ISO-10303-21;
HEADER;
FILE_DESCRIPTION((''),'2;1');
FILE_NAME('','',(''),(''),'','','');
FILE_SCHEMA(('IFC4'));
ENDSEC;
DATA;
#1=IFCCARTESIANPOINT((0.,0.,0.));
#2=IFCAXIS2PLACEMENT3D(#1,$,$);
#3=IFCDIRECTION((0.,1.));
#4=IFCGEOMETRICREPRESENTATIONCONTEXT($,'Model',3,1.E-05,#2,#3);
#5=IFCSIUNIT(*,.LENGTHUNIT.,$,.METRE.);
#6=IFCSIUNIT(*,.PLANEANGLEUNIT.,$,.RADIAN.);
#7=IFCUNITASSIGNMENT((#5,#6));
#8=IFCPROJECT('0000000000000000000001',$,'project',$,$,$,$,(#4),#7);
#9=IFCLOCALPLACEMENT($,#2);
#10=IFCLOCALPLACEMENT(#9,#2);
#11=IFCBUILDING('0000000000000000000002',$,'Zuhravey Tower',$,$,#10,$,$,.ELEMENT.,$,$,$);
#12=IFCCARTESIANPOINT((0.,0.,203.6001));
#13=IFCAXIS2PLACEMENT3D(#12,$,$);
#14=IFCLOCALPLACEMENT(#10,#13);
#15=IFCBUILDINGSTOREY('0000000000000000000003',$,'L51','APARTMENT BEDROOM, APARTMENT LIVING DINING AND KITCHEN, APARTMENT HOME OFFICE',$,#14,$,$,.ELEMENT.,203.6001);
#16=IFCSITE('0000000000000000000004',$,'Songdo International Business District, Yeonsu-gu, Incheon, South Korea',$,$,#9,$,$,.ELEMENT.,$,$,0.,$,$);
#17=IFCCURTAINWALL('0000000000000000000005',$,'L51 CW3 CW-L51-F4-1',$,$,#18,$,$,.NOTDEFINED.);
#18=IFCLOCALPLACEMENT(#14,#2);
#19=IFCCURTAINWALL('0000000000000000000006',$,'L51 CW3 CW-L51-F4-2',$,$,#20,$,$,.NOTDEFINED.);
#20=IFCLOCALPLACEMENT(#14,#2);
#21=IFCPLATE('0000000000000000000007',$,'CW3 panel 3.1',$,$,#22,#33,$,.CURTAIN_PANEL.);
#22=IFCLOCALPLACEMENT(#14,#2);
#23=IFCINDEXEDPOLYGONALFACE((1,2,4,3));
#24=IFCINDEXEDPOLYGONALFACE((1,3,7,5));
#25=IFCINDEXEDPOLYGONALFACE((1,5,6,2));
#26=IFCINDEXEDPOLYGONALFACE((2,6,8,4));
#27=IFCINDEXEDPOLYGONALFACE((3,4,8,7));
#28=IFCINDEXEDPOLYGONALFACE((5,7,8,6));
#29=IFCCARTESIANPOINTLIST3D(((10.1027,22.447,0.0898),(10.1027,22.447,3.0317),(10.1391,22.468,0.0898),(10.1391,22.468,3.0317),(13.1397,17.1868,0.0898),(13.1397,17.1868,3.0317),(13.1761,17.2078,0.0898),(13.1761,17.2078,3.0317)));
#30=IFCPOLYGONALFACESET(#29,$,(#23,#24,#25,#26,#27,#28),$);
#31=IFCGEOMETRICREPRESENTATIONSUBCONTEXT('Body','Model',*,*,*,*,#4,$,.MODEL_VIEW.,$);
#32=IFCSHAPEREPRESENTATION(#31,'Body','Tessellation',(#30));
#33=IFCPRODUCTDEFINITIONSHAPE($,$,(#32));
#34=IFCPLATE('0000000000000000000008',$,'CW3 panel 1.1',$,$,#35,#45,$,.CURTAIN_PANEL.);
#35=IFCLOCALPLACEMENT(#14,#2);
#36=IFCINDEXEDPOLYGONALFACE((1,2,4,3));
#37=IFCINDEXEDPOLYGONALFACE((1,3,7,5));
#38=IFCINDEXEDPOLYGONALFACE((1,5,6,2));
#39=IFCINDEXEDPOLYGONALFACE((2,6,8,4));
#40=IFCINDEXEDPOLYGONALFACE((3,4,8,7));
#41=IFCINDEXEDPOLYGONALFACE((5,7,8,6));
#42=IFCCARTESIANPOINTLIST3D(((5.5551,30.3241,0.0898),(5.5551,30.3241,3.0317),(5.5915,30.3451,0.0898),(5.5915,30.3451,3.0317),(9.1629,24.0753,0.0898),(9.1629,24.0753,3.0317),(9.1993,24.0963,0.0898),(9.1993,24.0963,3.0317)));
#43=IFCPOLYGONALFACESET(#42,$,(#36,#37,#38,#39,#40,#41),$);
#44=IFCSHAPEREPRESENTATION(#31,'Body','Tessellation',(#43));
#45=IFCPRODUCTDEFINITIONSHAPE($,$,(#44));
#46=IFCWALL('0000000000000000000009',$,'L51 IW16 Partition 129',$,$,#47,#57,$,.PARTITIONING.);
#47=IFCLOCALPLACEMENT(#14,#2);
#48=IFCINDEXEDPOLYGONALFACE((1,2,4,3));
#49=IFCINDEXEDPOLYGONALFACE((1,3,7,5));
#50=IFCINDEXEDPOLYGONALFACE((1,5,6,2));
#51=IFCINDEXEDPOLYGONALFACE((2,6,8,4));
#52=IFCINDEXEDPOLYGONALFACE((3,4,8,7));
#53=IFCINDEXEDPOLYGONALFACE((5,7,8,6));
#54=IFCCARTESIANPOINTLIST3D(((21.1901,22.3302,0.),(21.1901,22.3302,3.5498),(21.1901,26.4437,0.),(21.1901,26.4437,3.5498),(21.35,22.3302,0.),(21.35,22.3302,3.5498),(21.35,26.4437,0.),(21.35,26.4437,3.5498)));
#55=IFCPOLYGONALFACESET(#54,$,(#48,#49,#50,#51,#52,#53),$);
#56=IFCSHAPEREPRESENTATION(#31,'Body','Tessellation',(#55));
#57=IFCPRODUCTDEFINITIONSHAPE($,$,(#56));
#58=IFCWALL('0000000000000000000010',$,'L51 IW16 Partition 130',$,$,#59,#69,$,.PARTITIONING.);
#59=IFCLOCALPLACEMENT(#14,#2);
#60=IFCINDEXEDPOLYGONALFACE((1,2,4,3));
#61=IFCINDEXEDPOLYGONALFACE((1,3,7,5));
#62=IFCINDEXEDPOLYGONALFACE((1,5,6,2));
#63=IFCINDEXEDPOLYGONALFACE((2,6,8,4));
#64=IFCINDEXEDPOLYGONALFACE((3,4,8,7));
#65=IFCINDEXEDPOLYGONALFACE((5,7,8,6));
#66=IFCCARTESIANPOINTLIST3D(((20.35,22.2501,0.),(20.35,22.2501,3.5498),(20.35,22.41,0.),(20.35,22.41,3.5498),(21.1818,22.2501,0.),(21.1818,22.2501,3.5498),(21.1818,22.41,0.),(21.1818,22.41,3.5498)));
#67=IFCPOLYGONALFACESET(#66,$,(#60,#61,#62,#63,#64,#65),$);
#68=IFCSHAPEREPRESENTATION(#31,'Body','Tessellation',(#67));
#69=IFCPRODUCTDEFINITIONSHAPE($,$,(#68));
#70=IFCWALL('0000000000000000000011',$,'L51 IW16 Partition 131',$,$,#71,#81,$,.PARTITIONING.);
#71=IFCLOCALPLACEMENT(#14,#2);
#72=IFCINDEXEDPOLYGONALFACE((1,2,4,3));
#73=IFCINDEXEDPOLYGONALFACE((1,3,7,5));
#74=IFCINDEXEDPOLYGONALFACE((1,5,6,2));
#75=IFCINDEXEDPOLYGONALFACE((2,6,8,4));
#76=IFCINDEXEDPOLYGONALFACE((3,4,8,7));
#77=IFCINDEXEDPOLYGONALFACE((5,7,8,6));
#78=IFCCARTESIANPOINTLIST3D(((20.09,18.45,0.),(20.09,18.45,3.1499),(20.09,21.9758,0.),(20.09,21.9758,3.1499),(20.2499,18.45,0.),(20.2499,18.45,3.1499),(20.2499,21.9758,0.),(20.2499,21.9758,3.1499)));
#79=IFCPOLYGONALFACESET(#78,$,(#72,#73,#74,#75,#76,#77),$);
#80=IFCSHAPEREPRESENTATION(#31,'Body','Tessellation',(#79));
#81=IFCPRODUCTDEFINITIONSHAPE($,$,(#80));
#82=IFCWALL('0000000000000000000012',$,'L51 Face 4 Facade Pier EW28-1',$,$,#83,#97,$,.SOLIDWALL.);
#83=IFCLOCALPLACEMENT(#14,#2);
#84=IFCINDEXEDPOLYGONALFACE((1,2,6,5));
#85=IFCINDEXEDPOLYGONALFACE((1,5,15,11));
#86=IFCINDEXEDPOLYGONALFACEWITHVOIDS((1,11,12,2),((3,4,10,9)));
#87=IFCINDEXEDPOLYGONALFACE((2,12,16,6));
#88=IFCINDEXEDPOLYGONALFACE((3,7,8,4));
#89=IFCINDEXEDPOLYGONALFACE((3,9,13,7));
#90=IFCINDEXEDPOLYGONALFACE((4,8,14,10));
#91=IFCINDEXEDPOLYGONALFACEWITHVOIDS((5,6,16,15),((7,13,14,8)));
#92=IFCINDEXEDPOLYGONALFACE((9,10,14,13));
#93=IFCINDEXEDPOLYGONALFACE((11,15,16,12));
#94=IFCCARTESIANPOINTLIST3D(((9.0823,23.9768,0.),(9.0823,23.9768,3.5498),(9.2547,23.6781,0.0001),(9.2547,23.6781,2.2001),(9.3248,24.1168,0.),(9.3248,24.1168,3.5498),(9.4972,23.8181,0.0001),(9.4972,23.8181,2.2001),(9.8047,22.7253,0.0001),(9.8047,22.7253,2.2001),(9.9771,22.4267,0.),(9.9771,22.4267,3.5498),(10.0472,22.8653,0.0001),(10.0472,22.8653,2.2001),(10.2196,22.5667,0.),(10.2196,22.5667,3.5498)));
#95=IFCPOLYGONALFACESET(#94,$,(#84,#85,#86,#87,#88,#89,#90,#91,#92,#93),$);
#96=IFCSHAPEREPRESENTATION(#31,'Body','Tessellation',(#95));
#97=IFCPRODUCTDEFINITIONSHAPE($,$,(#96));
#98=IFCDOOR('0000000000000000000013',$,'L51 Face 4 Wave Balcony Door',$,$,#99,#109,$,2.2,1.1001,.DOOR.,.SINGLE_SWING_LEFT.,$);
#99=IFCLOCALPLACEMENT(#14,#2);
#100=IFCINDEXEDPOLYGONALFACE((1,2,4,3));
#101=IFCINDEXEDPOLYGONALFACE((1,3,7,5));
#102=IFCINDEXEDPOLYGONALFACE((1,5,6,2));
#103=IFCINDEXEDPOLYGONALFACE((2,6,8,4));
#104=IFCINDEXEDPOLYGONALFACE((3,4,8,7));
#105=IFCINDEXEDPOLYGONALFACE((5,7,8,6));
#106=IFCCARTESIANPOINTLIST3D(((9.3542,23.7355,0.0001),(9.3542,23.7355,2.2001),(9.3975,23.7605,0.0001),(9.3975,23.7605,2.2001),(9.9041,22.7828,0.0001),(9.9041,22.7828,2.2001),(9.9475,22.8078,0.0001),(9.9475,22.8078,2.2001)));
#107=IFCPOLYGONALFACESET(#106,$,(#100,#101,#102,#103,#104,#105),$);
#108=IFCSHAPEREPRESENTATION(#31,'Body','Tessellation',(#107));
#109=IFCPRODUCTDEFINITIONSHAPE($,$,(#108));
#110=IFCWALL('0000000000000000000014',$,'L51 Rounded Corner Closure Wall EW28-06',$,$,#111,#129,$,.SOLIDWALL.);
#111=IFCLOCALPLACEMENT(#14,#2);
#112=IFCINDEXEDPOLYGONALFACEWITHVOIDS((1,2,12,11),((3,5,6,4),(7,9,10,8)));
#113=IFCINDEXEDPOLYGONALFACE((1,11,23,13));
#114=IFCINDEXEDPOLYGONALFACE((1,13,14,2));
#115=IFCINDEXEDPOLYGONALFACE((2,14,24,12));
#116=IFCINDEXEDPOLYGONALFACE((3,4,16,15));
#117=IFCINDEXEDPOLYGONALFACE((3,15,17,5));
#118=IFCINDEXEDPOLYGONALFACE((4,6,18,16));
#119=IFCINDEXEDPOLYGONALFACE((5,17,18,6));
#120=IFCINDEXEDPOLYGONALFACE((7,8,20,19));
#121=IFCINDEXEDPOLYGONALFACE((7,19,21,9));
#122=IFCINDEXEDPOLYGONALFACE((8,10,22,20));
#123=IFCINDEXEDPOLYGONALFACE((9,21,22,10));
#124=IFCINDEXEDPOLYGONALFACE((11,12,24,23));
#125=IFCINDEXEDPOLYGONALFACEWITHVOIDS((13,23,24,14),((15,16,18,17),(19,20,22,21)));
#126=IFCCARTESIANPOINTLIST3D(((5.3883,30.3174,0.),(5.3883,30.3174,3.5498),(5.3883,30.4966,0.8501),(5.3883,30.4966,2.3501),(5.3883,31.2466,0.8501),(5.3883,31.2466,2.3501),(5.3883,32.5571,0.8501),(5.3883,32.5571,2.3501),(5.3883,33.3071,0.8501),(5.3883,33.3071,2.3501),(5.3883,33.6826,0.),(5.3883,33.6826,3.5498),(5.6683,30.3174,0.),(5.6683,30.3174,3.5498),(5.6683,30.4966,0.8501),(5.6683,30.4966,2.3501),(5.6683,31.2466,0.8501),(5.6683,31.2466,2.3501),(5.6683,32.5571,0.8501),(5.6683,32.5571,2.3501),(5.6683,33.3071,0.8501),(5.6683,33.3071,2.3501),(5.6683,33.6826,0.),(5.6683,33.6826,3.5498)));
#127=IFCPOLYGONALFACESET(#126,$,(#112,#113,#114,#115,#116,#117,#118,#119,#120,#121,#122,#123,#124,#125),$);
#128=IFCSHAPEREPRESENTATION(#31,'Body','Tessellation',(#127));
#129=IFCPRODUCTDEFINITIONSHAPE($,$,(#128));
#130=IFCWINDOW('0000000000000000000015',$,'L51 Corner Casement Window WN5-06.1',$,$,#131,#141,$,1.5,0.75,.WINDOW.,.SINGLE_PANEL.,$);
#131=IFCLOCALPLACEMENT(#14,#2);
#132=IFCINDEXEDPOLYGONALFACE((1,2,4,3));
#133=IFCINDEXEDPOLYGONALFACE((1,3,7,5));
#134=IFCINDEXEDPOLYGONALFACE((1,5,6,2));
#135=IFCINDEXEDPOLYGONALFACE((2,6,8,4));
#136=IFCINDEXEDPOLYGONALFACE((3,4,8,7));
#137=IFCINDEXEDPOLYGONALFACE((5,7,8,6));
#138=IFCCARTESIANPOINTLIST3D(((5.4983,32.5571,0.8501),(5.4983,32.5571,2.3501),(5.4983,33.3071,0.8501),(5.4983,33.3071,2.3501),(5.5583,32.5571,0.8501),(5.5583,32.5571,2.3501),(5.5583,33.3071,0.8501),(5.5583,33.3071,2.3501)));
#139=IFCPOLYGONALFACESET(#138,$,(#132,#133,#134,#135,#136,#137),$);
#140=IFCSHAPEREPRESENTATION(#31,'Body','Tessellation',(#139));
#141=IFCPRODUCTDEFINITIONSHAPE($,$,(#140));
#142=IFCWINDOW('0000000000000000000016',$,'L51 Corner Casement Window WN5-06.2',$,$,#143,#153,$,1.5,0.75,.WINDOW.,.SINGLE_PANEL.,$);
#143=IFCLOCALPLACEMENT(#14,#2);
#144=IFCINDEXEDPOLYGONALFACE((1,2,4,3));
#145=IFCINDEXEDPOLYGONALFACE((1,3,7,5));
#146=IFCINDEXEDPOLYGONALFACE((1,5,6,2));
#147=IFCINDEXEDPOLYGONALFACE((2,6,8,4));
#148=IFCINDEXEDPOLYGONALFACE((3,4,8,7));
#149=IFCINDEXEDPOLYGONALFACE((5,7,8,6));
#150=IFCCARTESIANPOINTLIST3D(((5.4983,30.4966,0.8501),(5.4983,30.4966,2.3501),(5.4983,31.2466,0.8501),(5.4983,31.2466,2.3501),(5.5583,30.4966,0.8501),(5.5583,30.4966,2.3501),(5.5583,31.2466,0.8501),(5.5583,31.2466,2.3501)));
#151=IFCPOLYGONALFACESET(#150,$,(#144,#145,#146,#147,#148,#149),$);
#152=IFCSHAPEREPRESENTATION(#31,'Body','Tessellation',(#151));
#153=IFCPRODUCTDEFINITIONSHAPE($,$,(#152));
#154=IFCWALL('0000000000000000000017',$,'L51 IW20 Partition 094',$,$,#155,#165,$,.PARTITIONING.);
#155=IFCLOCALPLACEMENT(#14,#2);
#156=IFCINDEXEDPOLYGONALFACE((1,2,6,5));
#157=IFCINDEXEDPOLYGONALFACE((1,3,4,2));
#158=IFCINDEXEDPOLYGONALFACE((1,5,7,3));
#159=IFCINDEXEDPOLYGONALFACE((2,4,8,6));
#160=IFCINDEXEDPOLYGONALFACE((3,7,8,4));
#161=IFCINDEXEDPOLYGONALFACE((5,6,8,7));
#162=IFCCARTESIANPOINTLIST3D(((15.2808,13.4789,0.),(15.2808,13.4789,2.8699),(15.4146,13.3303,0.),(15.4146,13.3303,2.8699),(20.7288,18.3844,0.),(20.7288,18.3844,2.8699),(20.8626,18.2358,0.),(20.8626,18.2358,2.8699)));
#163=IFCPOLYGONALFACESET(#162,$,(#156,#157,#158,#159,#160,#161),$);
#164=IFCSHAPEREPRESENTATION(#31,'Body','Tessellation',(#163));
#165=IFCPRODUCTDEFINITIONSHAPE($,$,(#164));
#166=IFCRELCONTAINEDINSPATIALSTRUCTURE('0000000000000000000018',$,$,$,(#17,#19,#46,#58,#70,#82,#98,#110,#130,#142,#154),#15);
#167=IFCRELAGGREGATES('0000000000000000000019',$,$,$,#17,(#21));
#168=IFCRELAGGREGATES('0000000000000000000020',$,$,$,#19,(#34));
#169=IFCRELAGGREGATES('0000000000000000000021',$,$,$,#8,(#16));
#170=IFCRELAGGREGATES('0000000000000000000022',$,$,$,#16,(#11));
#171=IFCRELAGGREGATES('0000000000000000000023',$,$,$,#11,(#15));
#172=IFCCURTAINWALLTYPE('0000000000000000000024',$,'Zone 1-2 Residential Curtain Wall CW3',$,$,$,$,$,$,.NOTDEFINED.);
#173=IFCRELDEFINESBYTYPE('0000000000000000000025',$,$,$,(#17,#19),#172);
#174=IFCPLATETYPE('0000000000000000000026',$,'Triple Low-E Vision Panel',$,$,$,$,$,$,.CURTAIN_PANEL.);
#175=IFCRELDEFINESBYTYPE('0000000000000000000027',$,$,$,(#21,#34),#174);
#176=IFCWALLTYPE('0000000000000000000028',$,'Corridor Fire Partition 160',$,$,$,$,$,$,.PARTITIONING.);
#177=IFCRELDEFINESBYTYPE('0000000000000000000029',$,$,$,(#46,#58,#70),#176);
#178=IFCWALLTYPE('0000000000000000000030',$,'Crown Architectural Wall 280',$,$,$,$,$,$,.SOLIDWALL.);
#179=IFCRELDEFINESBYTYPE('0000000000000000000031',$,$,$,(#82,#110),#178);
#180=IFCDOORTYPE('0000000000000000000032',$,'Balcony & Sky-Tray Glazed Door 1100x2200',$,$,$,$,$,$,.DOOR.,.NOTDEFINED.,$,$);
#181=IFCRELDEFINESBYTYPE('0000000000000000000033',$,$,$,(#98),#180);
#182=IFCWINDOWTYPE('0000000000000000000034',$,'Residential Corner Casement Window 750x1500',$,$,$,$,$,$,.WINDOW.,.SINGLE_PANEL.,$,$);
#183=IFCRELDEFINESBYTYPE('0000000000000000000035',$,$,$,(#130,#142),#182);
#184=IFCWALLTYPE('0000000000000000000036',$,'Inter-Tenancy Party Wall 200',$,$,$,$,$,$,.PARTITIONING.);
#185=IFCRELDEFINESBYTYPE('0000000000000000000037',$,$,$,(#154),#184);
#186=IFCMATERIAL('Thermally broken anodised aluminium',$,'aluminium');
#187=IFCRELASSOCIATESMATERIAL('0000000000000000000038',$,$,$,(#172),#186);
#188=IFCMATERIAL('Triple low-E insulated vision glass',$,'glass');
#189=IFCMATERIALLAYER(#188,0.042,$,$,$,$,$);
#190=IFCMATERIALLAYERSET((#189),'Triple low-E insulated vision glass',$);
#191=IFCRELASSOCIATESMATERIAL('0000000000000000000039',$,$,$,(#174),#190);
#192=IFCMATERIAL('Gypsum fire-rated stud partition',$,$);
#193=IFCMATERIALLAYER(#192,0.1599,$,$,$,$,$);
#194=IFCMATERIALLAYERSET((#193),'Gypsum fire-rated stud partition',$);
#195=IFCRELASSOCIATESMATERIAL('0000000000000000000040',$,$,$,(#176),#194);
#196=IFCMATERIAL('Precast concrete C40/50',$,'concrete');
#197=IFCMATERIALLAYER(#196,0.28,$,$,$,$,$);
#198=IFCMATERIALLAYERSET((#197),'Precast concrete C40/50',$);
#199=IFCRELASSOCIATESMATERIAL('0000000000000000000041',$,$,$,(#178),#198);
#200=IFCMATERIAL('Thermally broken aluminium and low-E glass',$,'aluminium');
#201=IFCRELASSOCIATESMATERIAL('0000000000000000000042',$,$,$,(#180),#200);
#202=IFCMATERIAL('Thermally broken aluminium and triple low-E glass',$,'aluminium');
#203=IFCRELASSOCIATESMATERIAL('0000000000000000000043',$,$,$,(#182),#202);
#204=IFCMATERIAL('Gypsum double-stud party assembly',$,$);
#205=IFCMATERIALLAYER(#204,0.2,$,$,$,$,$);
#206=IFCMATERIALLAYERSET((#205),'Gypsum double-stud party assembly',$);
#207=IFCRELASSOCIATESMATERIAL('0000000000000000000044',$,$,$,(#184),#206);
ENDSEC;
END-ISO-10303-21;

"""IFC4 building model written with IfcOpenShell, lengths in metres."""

from ifc_helpers import new_model, si_unit, direction, frame, frame_2d, origin, origin_2d, place, context, subcontext, project, spatial, rectangle, extrude, material, layer, layer_set, type_object, element, fill, aggregate, save


model = new_model("IFC4")

# Units and contexts
model_context = context("Model", 3, precision=1e-05, world=origin(), true_north=direction((0.0, 1.0)))
body_context = subcontext(model_context, "Body", "Model", "MODEL_VIEW")
ifc_project = project(units=[si_unit("LENGTHUNIT", "METRE"), si_unit("PLANEANGLEUNIT", "RADIAN")], contexts=[model_context])

# Site, building, storey
site_placement = place(None, origin())
site = spatial("IfcSite", under=ifc_project, at=site_placement, Name="Songdo International Business District, Yeonsu-gu, Incheon, South Korea", CompositionType="ELEMENT", RefElevation=0.0)
building_placement = place(site_placement, origin())
building = spatial("IfcBuilding", under=site, at=building_placement, Name="Zuhravey Tower", CompositionType="ELEMENT")
storey_placement = place(building_placement, frame((0.0, 0.0, 203.6001)))
storey = spatial("IfcBuildingStorey", under=building, at=storey_placement, Name="L51", Description="APARTMENT BEDROOM, APARTMENT LIVING DINING AND KITCHEN, APARTMENT HOME OFFICE", CompositionType="ELEMENT", Elevation=203.6001)

# Curtain wall
ifc_material_1 = material(Name="Thermally broken anodised aluminium", Category="aluminium")
curtain_wall_type = type_object("IfcCurtainWallType", Name="Zone 1-2 Residential Curtain Wall CW3", PredefinedType="NOTDEFINED", material=ifc_material_1)
curtain_wall_1_placement = place(storey_placement, origin())
curtain_wall_1 = element("IfcCurtainWall", 1, at=curtain_wall_1_placement, inside=storey, type_object=curtain_wall_type, Name="L51 CW3 CW-L51-F4-1", PredefinedType="NOTDEFINED")

# Curtain wall
curtain_wall_2_placement = place(storey_placement, origin())
curtain_wall_2 = element("IfcCurtainWall", 2, at=curtain_wall_2_placement, inside=storey, type_object=curtain_wall_type, Name="L51 CW3 CW-L51-F4-2", PredefinedType="NOTDEFINED")

# Plates
ifc_material_2 = material(Name="Triple low-E insulated vision glass", Category="glass")
ifc_layer_1 = layer(ifc_material_2, 0.042)
ifc_layer_set_1 = layer_set([ifc_layer_1], Name="Triple low-E insulated vision glass")
plate_type = type_object("IfcPlateType", Name="Triple Low-E Vision Panel", PredefinedType="CURTAIN_PANEL", material=ifc_layer_set_1)
plate_1_placement = place(storey_placement, frame((11.6394, 19.8274, 0.0898), z_axis=(0.0, 0.0, 1.0), x_axis=(-0.5, 0.866025, 0.0)))
plate_1 = element("IfcPlate", 3, at=plate_1_placement, type_object=plate_type, Name="CW3 panel 3.1", PredefinedType="CURTAIN_PANEL", context=body_context, shape_type="SweptSolid", body=[
    extrude(rectangle(XDim=6.074, YDim=0.042, at=origin_2d()), origin(), (0.0, 0.0, 1.0), 2.9419),
])
aggregate(curtain_wall_1, [plate_1])
plate_2_placement = place(storey_placement, frame((7.3772, 27.2102, 0.0898), z_axis=(0.0, 0.0, 1.0), x_axis=(-0.499999, 0.866026, 0.0)))
plate_2 = element("IfcPlate", 4, at=plate_2_placement, type_object=plate_type, Name="CW3 panel 1.1", PredefinedType="CURTAIN_PANEL", context=body_context, shape_type="SweptSolid", body=[
    extrude(rectangle(XDim=7.2156, YDim=0.042, at=origin_2d()), origin(), (0.0, 0.0, 1.0), 2.9419),
])
aggregate(curtain_wall_2, [plate_2])

# Walls
ifc_material_3 = material(Name="Gypsum fire-rated stud partition")
ifc_layer_2 = layer(ifc_material_3, 0.1599)
ifc_layer_set_2 = layer_set([ifc_layer_2], Name="Gypsum fire-rated stud partition")
wall_type_1 = type_object("IfcWallType", Name="Corridor Fire Partition 160", PredefinedType="PARTITIONING", material=ifc_layer_set_2)
wall_1_placement = place(storey_placement, frame((21.27, 26.4436, 0.0), z_axis=(0.0, 0.0, 1.0), x_axis=(0.0, -1.0, 0.0)))
element("IfcWall", 5, at=wall_1_placement, inside=storey, type_object=wall_type_1, Name="L51 IW16 Partition 129", PredefinedType="PARTITIONING", context=body_context, shape_type="SweptSolid", body=[
    extrude(rectangle(XDim=4.1135, YDim=0.1599, at=frame_2d((2.0566, 0.0))), origin(), (0.0, 0.0, 1.0), 3.5498),
])
wall_2_placement = place(storey_placement, frame((21.1819, 22.3301, 0.0), z_axis=(0.0, 0.0, 1.0), x_axis=(-1.0, 0.0, 0.0)))
element("IfcWall", 6, at=wall_2_placement, inside=storey, type_object=wall_type_1, Name="L51 IW16 Partition 130", PredefinedType="PARTITIONING", context=body_context, shape_type="SweptSolid", body=[
    extrude(rectangle(XDim=0.8318, YDim=0.1599, at=frame_2d((0.416, 0.0))), origin(), (0.0, 0.0, 1.0), 3.5498),
])
wall_3_placement = place(storey_placement, frame((20.1699, 21.9758, 0.0), z_axis=(0.0, 0.0, 1.0), x_axis=(0.0, -1.0, 0.0)))
element("IfcWall", 7, at=wall_3_placement, inside=storey, type_object=wall_type_1, Name="L51 IW16 Partition 131", PredefinedType="PARTITIONING", context=body_context, shape_type="SweptSolid", body=[
    extrude(rectangle(XDim=3.5259, YDim=0.1599, at=frame_2d((1.7629, 0.0))), origin(), (0.0, 0.0, 1.0), 3.1499),
])

# Wall, opening, door
ifc_material_4 = material(Name="Precast concrete C40/50", Category="concrete")
ifc_layer_3 = layer(ifc_material_4, 0.28)
ifc_layer_set_3 = layer_set([ifc_layer_3], Name="Precast concrete C40/50")
wall_type_2 = type_object("IfcWallType", Name="Crown Architectural Wall 280", PredefinedType="SOLIDWALL", material=ifc_layer_set_3)
wall_4_placement = place(storey_placement, frame((10.0984, 22.4966, 0.0), z_axis=(0.0, 0.0, 1.0), x_axis=(-0.499939, 0.866061, 0.0)))
wall_4 = element("IfcWall", 8, at=wall_4_placement, inside=storey, type_object=wall_type_2, Name="L51 Face 4 Facade Pier EW28-1", PredefinedType="SOLIDWALL", context=body_context, shape_type="SweptSolid", body=[
    extrude(rectangle(XDim=1.7898, YDim=0.28, at=frame_2d((0.895, 0.0))), origin(), (0.0, 0.0, 1.0), 3.5498),
])
opening_1_placement = place(wall_4_placement, frame((0.345, 0.0, 0.0)))
opening_1 = element("IfcOpeningElement", 9, at=opening_1_placement, cuts=wall_4, PredefinedType="OPENING", context=body_context, shape_type="SweptSolid", body=[
    extrude(rectangle(XDim=1.1001, YDim=2.2, at=frame_2d((0.55, 1.1001))), frame((0.0, 0.1521, 0.0), z_axis=(0.0, -1.0, 0.0), x_axis=(1.0, 0.0, 0.0)), (0.0, 0.0, 1.0), 0.304),
])
ifc_material_5 = material(Name="Thermally broken aluminium and low-E glass", Category="aluminium")
door_type_1 = type_object("IfcDoorType", Name="Balcony & Sky-Tray Glazed Door 1100x2200", OperationType="NOTDEFINED", PredefinedType="DOOR", material=ifc_material_5)
door_1_placement = place(opening_1_placement, frame((1.1001, 0.0, 0.0), z_axis=(0.0, 0.0, 1.0), x_axis=(-1.0, 0.0, 0.0)))
door_1 = element("IfcDoor", 10, at=door_1_placement, inside=storey, type_object=door_type_1, Name="L51 Face 4 Wave Balcony Door", OperationType="SINGLE_SWING_LEFT", OverallHeight=2.2, OverallWidth=1.1001, PredefinedType="DOOR", context=body_context, shape_type="SweptSolid", body=[
    extrude(rectangle(XDim=1.1001, YDim=2.2, at=frame_2d((0.55, 1.1001))), frame((0.0, 0.0249, 0.0), z_axis=(0.0, -1.0, 0.0), x_axis=(1.0, 0.0, 0.0)), (0.0, 0.0, 1.0), 0.05),
])
fill(opening_1, door_1)

# Wall, openings, windows
wall_5_placement = place(storey_placement, frame((5.5283, 30.3174, 0.0), z_axis=(0.0, 0.0, 1.0), x_axis=(0.0, 1.0, 0.0)))
wall_5 = element("IfcWall", 11, at=wall_5_placement, inside=storey, type_object=wall_type_2, Name="L51 Rounded Corner Closure Wall EW28-06", PredefinedType="SOLIDWALL", context=body_context, shape_type="SweptSolid", body=[
    extrude(rectangle(XDim=3.3652, YDim=0.28, at=frame_2d((1.6826, 0.0))), origin(), (0.0, 0.0, 1.0), 3.5498),
])
opening_2_placement = place(wall_5_placement, frame((2.2397, 0.0, 0.8501)))
opening_2 = element("IfcOpeningElement", 12, at=opening_2_placement, cuts=wall_5, PredefinedType="OPENING", context=body_context, shape_type="SweptSolid", body=[
    extrude(rectangle(XDim=0.75, YDim=1.5, at=frame_2d((0.375, 0.75))), frame((0.0, 0.1521, 0.0), z_axis=(0.0, -1.0, 0.0), x_axis=(1.0, 0.0, 0.0)), (0.0, 0.0, 1.0), 0.304),
])
opening_3_placement = place(wall_5_placement, frame((0.1792, 0.0, 0.8501)))
opening_3 = element("IfcOpeningElement", 13, at=opening_3_placement, cuts=wall_5, PredefinedType="OPENING", context=body_context, shape_type="SweptSolid", body=[
    extrude(rectangle(XDim=0.75, YDim=1.5, at=frame_2d((0.375, 0.75))), frame((0.0, 0.1521, 0.0), z_axis=(0.0, -1.0, 0.0), x_axis=(1.0, 0.0, 0.0)), (0.0, 0.0, 1.0), 0.304),
])
ifc_material_6 = material(Name="Thermally broken aluminium and triple low-E glass", Category="aluminium")
window_type = type_object("IfcWindowType", Name="Residential Corner Casement Window 750x1500", PartitioningType="SINGLE_PANEL", PredefinedType="WINDOW", material=ifc_material_6)
window_1_placement = place(opening_2_placement, origin())
window_1 = element("IfcWindow", 14, at=window_1_placement, inside=storey, type_object=window_type, Name="L51 Corner Casement Window WN5-06.1", OverallHeight=1.5, OverallWidth=0.75, PartitioningType="SINGLE_PANEL", PredefinedType="WINDOW", context=body_context, shape_type="SweptSolid", body=[
    extrude(rectangle(XDim=0.75, YDim=1.5, at=frame_2d((0.375, 0.75))), frame((0.0, 0.03, 0.0), z_axis=(0.0, -1.0, 0.0), x_axis=(1.0, 0.0, 0.0)), (0.0, 0.0, 1.0), 0.0601),
])
fill(opening_2, window_1)
window_2_placement = place(opening_3_placement, origin())
window_2 = element("IfcWindow", 15, at=window_2_placement, inside=storey, type_object=window_type, Name="L51 Corner Casement Window WN5-06.2", OverallHeight=1.5, OverallWidth=0.75, PartitioningType="SINGLE_PANEL", PredefinedType="WINDOW", context=body_context, shape_type="SweptSolid", body=[
    extrude(rectangle(XDim=0.75, YDim=1.5, at=frame_2d((0.375, 0.75))), frame((0.0, 0.03, 0.0), z_axis=(0.0, -1.0, 0.0), x_axis=(1.0, 0.0, 0.0)), (0.0, 0.0, 1.0), 0.0601),
])
fill(opening_3, window_2)

# Wall
ifc_material_7 = material(Name="Gypsum double-stud party assembly")
ifc_layer_4 = layer(ifc_material_7, 0.2)
ifc_layer_set_4 = layer_set([ifc_layer_4], Name="Gypsum double-stud party assembly")
wall_type_3 = type_object("IfcWallType", Name="Inter-Tenancy Party Wall 200", PredefinedType="PARTITIONING", material=ifc_layer_set_4)
wall_6_placement = place(storey_placement, frame((20.7957, 18.3101, 0.0), z_axis=(0.0, 0.0, 1.0), x_axis=(-0.743137, -0.66914, 0.0)))
element("IfcWall", 16, at=wall_6_placement, inside=storey, type_object=wall_type_3, Name="L51 IW20 Partition 094", PredefinedType="PARTITIONING", context=body_context, shape_type="SweptSolid", body=[
    extrude(rectangle(XDim=7.3311, YDim=0.2, at=frame_2d((3.6655, 0.0))), origin(), (0.0, 0.0, 1.0), 2.8699),
])

save(model, "model.ifc")
